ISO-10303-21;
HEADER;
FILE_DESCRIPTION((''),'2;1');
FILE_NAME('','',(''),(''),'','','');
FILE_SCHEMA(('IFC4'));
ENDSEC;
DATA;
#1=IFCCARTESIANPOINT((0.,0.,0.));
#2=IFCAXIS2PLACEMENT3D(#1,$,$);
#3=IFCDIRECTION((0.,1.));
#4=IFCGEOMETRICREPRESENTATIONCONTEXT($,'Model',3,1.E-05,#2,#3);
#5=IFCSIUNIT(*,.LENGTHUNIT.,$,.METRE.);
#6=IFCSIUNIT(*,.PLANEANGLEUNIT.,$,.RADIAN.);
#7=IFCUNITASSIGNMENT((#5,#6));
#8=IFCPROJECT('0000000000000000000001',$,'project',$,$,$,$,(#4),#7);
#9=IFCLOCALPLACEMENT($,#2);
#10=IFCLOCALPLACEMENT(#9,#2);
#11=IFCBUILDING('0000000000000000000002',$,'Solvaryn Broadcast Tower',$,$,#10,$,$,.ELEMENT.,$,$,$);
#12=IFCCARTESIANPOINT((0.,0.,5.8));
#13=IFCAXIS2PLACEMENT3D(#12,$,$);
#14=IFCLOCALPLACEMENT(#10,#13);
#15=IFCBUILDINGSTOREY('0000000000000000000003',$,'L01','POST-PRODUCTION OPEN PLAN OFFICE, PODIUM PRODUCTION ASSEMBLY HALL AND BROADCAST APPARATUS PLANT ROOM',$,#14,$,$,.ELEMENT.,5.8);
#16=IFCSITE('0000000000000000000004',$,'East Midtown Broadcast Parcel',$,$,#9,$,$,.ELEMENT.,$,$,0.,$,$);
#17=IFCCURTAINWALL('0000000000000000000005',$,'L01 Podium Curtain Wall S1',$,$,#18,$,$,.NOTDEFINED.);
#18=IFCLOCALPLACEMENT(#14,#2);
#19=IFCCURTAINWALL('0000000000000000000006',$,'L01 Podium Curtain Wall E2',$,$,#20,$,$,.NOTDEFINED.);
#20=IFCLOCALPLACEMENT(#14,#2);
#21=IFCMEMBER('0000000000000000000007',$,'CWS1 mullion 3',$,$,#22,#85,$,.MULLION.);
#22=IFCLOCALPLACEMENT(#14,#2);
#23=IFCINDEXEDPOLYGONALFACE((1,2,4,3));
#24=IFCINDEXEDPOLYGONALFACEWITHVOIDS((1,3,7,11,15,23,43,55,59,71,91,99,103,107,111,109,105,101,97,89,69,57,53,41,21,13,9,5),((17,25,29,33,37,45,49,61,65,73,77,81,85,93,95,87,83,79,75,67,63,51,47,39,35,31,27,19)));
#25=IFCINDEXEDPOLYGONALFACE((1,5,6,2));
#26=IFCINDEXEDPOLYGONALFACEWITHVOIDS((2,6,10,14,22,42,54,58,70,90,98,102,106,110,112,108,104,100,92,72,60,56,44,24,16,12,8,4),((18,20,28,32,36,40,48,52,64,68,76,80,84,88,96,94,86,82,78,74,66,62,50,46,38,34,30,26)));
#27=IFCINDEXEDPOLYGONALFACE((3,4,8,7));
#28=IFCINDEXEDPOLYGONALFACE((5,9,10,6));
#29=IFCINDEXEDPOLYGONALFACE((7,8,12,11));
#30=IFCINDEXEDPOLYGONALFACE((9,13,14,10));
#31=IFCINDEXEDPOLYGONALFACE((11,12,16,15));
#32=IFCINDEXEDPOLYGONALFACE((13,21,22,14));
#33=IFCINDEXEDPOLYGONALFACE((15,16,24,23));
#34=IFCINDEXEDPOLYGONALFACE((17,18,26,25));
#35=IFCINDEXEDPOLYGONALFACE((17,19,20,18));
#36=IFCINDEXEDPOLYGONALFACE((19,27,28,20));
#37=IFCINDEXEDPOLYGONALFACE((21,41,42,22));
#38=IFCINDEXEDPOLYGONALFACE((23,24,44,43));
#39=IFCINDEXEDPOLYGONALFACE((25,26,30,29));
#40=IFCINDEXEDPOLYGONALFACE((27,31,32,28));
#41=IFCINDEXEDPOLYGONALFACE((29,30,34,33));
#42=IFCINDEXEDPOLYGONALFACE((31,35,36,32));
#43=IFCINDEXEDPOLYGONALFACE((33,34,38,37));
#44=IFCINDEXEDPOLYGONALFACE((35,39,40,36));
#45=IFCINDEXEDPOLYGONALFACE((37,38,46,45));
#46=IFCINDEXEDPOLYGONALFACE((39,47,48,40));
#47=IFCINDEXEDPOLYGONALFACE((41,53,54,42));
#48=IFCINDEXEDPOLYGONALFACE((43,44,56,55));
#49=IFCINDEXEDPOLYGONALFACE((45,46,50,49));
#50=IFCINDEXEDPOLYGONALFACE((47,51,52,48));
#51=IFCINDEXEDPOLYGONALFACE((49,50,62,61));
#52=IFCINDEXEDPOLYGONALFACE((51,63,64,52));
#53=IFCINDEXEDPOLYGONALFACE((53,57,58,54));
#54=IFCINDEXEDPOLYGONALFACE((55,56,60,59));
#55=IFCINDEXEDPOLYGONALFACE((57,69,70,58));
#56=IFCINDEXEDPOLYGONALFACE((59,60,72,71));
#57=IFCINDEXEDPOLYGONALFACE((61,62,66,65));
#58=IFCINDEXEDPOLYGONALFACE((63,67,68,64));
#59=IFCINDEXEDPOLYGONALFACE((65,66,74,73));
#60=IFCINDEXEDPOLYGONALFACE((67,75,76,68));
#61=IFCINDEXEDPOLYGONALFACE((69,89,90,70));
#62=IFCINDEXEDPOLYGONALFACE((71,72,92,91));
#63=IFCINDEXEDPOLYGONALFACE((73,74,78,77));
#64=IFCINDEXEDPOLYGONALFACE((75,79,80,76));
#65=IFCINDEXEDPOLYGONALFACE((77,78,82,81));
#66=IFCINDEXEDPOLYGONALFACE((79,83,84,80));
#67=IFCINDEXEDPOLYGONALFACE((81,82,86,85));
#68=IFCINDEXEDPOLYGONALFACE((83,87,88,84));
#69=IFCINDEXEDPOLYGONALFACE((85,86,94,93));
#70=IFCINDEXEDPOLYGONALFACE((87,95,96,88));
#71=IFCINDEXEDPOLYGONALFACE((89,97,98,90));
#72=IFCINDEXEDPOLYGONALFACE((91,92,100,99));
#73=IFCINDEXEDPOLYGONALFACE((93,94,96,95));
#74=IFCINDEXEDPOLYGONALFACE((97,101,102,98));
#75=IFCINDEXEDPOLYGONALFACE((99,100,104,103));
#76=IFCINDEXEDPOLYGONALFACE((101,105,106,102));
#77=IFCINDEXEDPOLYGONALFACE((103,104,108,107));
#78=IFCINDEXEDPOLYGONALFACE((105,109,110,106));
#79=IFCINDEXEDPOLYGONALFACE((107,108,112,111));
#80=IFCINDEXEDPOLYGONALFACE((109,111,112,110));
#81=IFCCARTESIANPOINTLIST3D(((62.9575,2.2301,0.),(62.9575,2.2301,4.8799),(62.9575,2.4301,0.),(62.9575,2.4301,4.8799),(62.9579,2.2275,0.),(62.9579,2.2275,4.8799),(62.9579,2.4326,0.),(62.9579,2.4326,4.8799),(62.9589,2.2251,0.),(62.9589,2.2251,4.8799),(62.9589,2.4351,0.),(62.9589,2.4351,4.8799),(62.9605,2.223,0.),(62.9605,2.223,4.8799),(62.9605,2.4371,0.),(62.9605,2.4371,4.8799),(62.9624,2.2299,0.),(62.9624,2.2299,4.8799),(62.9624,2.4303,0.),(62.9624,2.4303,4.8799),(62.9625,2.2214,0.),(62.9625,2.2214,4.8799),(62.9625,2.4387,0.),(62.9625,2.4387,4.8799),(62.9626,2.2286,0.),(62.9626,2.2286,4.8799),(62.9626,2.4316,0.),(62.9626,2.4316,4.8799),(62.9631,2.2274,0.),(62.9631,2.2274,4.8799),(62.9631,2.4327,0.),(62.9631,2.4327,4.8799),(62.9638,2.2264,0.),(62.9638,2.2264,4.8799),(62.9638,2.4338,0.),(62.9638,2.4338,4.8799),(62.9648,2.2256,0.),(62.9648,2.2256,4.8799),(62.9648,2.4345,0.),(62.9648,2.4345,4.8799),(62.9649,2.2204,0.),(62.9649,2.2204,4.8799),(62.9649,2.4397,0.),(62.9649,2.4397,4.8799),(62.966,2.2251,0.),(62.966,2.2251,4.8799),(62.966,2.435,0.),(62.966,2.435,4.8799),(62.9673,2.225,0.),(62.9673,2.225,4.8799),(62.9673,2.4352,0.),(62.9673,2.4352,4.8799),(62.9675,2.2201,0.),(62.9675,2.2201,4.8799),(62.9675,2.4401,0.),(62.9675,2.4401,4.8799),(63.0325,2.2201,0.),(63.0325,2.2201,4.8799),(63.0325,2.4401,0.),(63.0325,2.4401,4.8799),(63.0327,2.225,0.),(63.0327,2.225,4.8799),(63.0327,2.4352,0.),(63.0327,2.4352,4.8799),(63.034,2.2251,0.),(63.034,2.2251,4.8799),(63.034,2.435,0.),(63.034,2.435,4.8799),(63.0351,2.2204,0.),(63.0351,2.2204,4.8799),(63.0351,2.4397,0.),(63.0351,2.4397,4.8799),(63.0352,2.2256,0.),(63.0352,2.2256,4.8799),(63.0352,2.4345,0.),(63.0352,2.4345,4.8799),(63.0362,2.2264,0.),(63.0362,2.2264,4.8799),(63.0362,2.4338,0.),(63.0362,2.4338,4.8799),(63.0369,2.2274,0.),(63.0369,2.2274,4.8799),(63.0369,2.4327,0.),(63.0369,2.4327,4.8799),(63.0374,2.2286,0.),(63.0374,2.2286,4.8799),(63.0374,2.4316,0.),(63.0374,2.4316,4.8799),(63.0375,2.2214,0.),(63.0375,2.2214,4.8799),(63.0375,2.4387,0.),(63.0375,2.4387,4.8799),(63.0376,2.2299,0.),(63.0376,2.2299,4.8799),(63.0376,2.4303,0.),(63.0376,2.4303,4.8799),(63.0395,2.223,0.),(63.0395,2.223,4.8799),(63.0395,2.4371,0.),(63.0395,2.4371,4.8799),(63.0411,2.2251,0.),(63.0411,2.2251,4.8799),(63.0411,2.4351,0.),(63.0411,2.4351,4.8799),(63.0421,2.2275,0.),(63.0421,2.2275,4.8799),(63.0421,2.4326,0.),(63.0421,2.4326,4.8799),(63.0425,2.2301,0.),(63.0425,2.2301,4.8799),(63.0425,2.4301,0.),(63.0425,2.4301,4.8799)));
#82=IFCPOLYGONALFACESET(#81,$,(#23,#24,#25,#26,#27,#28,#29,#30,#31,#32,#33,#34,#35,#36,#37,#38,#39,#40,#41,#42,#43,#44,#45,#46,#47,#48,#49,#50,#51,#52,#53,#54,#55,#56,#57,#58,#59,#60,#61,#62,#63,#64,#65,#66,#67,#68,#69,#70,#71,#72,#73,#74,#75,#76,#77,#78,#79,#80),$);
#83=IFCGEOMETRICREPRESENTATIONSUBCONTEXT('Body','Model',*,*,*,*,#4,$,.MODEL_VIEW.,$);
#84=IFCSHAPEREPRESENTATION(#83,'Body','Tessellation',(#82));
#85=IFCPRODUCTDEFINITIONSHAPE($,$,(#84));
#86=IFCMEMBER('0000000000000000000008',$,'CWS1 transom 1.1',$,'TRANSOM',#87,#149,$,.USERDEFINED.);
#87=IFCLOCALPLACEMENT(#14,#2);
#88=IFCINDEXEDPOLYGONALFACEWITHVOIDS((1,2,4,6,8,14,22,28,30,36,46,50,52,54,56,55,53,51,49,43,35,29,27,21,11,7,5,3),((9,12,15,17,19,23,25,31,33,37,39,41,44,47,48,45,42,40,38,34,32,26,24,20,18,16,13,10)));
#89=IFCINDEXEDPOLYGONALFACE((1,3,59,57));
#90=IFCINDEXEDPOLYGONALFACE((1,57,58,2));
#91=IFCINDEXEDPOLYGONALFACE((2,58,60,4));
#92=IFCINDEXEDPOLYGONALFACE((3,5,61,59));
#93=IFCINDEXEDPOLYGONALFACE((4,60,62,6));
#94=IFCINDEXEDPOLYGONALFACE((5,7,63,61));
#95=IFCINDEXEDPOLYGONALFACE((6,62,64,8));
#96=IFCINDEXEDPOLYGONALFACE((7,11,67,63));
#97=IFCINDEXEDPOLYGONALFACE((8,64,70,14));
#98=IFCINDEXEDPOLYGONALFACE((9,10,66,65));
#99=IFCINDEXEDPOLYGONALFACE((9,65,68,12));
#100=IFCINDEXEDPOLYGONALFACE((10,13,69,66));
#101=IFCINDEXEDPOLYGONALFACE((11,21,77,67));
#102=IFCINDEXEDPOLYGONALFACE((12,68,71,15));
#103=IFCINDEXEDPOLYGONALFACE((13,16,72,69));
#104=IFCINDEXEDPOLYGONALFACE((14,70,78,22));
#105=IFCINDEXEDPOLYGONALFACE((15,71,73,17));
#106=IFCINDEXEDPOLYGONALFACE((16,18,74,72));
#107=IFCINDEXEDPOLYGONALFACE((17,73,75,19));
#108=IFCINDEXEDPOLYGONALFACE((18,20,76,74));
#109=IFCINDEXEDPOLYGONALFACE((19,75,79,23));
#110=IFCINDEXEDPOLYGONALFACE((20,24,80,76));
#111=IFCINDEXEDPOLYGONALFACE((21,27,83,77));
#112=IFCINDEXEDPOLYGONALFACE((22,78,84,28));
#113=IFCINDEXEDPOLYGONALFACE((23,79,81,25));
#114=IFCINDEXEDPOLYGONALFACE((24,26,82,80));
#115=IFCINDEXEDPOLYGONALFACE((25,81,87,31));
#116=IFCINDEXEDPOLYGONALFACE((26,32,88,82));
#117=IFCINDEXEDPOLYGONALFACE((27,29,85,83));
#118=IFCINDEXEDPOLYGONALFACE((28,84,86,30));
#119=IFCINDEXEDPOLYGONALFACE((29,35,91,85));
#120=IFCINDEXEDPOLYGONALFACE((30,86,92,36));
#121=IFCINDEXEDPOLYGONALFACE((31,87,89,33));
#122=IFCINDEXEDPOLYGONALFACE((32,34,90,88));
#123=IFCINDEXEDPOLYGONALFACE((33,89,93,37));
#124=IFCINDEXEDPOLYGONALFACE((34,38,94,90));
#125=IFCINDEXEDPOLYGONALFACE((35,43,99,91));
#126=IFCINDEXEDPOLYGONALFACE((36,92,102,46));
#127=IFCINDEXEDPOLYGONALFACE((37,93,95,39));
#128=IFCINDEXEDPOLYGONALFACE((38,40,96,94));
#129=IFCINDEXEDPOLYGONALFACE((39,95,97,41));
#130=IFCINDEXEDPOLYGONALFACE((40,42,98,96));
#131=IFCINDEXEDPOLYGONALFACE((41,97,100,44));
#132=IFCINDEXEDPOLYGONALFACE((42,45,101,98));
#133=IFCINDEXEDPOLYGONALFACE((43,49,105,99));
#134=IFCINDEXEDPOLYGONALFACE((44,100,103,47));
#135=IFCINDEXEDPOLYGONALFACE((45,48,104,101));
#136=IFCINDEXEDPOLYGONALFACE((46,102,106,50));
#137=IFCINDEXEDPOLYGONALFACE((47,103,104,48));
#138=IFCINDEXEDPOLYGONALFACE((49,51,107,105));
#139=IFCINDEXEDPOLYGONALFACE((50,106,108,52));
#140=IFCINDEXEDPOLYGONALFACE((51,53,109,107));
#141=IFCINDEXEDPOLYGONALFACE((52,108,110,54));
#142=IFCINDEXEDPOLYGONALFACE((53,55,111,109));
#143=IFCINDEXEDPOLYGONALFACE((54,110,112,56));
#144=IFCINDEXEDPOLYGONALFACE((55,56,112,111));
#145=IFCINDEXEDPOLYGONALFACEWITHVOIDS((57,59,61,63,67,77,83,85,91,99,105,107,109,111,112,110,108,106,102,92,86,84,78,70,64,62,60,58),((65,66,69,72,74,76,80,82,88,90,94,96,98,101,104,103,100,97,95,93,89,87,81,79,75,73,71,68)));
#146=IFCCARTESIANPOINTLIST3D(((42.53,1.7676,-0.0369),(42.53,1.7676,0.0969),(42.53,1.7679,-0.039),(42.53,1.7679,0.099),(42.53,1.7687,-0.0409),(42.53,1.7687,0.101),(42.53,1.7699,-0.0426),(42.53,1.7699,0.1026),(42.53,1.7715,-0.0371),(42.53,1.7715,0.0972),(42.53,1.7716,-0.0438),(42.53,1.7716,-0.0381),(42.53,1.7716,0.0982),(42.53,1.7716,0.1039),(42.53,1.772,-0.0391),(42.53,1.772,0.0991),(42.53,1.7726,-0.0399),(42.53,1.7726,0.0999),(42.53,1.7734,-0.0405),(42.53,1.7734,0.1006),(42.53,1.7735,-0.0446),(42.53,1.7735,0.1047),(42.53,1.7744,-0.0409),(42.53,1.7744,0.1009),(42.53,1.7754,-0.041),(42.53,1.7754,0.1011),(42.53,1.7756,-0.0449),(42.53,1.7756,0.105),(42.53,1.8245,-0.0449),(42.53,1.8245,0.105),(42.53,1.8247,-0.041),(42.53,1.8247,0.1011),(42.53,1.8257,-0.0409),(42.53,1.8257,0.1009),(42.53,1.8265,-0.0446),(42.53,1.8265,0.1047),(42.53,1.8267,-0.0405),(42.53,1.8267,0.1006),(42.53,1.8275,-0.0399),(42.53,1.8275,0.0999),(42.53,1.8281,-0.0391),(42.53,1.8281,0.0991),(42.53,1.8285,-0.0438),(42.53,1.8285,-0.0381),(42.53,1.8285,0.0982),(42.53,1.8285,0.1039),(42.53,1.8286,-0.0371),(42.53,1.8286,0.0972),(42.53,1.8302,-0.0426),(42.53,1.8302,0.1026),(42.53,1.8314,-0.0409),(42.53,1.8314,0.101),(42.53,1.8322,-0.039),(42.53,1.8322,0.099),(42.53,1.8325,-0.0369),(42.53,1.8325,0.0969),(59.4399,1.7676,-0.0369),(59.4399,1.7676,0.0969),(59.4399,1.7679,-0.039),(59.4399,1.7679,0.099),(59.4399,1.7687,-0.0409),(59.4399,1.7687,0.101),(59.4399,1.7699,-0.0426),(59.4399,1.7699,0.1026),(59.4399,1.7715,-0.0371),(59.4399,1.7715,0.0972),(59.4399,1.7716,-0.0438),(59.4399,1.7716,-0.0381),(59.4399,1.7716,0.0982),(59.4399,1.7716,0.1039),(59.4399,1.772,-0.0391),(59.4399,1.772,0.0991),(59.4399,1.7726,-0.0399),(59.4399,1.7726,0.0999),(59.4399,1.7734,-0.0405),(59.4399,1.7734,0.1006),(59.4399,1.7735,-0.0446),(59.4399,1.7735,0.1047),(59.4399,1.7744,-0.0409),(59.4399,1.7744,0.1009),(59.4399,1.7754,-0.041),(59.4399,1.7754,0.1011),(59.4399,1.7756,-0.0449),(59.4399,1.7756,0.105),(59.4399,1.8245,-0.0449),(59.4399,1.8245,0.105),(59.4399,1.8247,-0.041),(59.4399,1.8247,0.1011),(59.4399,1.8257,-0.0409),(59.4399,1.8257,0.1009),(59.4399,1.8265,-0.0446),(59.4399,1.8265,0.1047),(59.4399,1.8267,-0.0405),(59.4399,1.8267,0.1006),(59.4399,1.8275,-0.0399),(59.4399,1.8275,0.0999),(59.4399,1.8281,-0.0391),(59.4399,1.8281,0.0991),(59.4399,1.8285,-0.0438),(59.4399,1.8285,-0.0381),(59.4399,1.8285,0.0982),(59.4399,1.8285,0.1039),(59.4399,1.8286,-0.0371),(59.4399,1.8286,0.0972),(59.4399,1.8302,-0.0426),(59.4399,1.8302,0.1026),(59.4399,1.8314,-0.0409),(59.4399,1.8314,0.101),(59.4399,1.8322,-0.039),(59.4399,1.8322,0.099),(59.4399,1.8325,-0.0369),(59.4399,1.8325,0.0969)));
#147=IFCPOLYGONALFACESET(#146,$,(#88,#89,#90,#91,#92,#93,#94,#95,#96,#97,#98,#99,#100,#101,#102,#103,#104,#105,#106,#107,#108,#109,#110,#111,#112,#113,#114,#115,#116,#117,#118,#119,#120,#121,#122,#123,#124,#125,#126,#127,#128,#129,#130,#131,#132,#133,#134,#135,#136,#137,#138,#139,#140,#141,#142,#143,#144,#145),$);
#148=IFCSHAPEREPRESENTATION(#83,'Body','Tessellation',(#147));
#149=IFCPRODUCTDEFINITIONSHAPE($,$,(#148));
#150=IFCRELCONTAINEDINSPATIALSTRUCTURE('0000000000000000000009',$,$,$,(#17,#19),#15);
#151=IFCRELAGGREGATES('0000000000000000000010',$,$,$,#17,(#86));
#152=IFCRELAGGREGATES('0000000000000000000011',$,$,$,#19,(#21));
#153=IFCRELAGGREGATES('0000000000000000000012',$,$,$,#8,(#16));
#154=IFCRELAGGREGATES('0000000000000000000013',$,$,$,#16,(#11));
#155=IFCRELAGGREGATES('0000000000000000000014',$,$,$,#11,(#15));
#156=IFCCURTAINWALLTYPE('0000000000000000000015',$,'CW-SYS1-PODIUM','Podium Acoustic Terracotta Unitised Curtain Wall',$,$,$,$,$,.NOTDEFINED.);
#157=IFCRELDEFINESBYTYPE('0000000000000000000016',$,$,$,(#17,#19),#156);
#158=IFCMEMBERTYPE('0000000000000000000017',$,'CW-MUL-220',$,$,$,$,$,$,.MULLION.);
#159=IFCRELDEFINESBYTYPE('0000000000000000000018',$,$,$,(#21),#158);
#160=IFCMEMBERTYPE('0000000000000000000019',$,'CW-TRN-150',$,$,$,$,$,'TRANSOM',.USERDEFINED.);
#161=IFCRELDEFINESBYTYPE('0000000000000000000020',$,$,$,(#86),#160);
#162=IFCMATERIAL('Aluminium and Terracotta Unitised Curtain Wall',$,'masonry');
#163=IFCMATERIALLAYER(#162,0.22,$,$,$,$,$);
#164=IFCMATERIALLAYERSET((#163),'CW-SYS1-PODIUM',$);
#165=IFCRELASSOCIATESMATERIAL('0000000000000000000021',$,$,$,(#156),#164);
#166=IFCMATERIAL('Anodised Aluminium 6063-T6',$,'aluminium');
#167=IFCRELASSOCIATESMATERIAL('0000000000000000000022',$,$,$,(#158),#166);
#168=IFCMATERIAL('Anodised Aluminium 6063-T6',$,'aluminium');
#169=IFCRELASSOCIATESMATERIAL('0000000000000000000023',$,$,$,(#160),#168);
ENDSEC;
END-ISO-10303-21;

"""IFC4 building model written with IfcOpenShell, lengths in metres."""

from ifc_helpers import new_model, si_unit, direction, frame, origin, origin_2d, place, context, subcontext, project, spatial, hollow_rectangle, extrude, material, layer, layer_set, material_profile, profile_set, type_object, element, aggregate, save


model = new_model("IFC4")

# Units and contexts
model_context = context("Model", 3, precision=1e-05, world=origin(), true_north=direction((0.0, 1.0)))
body_context = subcontext(model_context, "Body", "Model", "MODEL_VIEW")
ifc_project = project(units=[si_unit("LENGTHUNIT", "METRE"), si_unit("PLANEANGLEUNIT", "RADIAN")], contexts=[model_context])

# Site, building, storey
site_placement = place(None, origin())
site = spatial("IfcSite", under=ifc_project, at=site_placement, Name="East Midtown Broadcast Parcel", CompositionType="ELEMENT", RefElevation=0.0)
building_placement = place(site_placement, origin())
building = spatial("IfcBuilding", under=site, at=building_placement, Name="Solvaryn Broadcast Tower", CompositionType="ELEMENT")
storey_placement = place(building_placement, frame((0.0, 0.0, 5.8)))
storey = spatial("IfcBuildingStorey", under=building, at=storey_placement, Name="L01", Description="POST-PRODUCTION OPEN PLAN OFFICE, PODIUM PRODUCTION ASSEMBLY HALL AND BROADCAST APPARATUS PLANT ROOM", CompositionType="ELEMENT", Elevation=5.8)

# Curtain wall
ifc_material_1 = material(Name="Aluminium and Terracotta Unitised Curtain Wall", Category="masonry")
ifc_layer_1 = layer(ifc_material_1, 0.22)
ifc_layer_set_1 = layer_set([ifc_layer_1], Name="CW-SYS1-PODIUM")
curtain_wall_type = type_object("IfcCurtainWallType", Name="CW-SYS1-PODIUM", Description="Podium Acoustic Terracotta Unitised Curtain Wall", PredefinedType="NOTDEFINED", material=ifc_layer_set_1)
curtain_wall_1_placement = place(storey_placement, origin())
curtain_wall_1 = element("IfcCurtainWall", 1, at=curtain_wall_1_placement, inside=storey, type_object=curtain_wall_type, Name="L01 Podium Curtain Wall S1", PredefinedType="NOTDEFINED")
ifc_material_2 = material(Name="Anodised Aluminium 6063-T6", Category="aluminium")
ifc_material_profile_1 = material_profile(ifc_material_2, hollow_rectangle(XDim=0.085, YDim=0.22, WallThickness=0.0049, InnerFilletRadius=0.0049, OuterFilletRadius=0.01, at=origin_2d()))
ifc_profile_set_1 = profile_set([ifc_material_profile_1], Name="Anodised Aluminium 6063-T6")
member_type_1 = type_object("IfcMemberType", Name="CW-MUL-220", PredefinedType="MULLION", material=ifc_profile_set_1)

# Curtain wall, member
curtain_wall_2_placement = place(storey_placement, origin())
curtain_wall_2 = element("IfcCurtainWall", 2, at=curtain_wall_2_placement, inside=storey, type_object=curtain_wall_type, Name="L01 Podium Curtain Wall E2", PredefinedType="NOTDEFINED")
member_1_placement = place(storey_placement, frame((63.0, 2.3301, 0.0), z_axis=(0.0, 0.0, 1.0), x_axis=(1.0, 0.0, 0.0)))
member_1 = element("IfcMember", 3, at=member_1_placement, type_object=member_type_1, Name="CWS1 mullion 3", PredefinedType="MULLION", context=body_context, shape_type="SweptSolid", body=[
    extrude(hollow_rectangle(XDim=0.085, YDim=0.22, WallThickness=0.0049, InnerFilletRadius=0.0049, OuterFilletRadius=0.01, at=origin_2d()), origin(), (0.0, 0.0, 1.0), 4.8799),
])

# Member
ifc_material_3 = material(Name="Anodised Aluminium 6063-T6", Category="aluminium")
ifc_material_profile_2 = material_profile(ifc_material_3, hollow_rectangle(XDim=0.0649, YDim=0.1499, WallThickness=0.0039, InnerFilletRadius=0.0039, OuterFilletRadius=0.0081, at=origin_2d()))
ifc_profile_set_2 = profile_set([ifc_material_profile_2], Name="Anodised Aluminium 6063-T6")
member_type_2 = type_object("IfcMemberType", Name="CW-TRN-150", ElementType="TRANSOM", PredefinedType="USERDEFINED", material=ifc_profile_set_2)
member_2_placement = place(storey_placement, frame((59.4399, 1.8, 0.03), z_axis=(-1.0, 0.0, 0.0), x_axis=(0.0, -1.0, 0.0)))
member_2 = element("IfcMember", 4, at=member_2_placement, type_object=member_type_2, Name="CWS1 transom 1.1", ObjectType="TRANSOM", PredefinedType="USERDEFINED", context=body_context, shape_type="SweptSolid", body=[
    extrude(hollow_rectangle(XDim=0.0649, YDim=0.1499, WallThickness=0.0039, InnerFilletRadius=0.0039, OuterFilletRadius=0.0081, at=origin_2d()), origin(), (0.0, 0.0, 1.0), 16.9099),
])
aggregate(curtain_wall_1, [member_2])

aggregate(curtain_wall_2, [member_1])

save(model, "model.ifc")
